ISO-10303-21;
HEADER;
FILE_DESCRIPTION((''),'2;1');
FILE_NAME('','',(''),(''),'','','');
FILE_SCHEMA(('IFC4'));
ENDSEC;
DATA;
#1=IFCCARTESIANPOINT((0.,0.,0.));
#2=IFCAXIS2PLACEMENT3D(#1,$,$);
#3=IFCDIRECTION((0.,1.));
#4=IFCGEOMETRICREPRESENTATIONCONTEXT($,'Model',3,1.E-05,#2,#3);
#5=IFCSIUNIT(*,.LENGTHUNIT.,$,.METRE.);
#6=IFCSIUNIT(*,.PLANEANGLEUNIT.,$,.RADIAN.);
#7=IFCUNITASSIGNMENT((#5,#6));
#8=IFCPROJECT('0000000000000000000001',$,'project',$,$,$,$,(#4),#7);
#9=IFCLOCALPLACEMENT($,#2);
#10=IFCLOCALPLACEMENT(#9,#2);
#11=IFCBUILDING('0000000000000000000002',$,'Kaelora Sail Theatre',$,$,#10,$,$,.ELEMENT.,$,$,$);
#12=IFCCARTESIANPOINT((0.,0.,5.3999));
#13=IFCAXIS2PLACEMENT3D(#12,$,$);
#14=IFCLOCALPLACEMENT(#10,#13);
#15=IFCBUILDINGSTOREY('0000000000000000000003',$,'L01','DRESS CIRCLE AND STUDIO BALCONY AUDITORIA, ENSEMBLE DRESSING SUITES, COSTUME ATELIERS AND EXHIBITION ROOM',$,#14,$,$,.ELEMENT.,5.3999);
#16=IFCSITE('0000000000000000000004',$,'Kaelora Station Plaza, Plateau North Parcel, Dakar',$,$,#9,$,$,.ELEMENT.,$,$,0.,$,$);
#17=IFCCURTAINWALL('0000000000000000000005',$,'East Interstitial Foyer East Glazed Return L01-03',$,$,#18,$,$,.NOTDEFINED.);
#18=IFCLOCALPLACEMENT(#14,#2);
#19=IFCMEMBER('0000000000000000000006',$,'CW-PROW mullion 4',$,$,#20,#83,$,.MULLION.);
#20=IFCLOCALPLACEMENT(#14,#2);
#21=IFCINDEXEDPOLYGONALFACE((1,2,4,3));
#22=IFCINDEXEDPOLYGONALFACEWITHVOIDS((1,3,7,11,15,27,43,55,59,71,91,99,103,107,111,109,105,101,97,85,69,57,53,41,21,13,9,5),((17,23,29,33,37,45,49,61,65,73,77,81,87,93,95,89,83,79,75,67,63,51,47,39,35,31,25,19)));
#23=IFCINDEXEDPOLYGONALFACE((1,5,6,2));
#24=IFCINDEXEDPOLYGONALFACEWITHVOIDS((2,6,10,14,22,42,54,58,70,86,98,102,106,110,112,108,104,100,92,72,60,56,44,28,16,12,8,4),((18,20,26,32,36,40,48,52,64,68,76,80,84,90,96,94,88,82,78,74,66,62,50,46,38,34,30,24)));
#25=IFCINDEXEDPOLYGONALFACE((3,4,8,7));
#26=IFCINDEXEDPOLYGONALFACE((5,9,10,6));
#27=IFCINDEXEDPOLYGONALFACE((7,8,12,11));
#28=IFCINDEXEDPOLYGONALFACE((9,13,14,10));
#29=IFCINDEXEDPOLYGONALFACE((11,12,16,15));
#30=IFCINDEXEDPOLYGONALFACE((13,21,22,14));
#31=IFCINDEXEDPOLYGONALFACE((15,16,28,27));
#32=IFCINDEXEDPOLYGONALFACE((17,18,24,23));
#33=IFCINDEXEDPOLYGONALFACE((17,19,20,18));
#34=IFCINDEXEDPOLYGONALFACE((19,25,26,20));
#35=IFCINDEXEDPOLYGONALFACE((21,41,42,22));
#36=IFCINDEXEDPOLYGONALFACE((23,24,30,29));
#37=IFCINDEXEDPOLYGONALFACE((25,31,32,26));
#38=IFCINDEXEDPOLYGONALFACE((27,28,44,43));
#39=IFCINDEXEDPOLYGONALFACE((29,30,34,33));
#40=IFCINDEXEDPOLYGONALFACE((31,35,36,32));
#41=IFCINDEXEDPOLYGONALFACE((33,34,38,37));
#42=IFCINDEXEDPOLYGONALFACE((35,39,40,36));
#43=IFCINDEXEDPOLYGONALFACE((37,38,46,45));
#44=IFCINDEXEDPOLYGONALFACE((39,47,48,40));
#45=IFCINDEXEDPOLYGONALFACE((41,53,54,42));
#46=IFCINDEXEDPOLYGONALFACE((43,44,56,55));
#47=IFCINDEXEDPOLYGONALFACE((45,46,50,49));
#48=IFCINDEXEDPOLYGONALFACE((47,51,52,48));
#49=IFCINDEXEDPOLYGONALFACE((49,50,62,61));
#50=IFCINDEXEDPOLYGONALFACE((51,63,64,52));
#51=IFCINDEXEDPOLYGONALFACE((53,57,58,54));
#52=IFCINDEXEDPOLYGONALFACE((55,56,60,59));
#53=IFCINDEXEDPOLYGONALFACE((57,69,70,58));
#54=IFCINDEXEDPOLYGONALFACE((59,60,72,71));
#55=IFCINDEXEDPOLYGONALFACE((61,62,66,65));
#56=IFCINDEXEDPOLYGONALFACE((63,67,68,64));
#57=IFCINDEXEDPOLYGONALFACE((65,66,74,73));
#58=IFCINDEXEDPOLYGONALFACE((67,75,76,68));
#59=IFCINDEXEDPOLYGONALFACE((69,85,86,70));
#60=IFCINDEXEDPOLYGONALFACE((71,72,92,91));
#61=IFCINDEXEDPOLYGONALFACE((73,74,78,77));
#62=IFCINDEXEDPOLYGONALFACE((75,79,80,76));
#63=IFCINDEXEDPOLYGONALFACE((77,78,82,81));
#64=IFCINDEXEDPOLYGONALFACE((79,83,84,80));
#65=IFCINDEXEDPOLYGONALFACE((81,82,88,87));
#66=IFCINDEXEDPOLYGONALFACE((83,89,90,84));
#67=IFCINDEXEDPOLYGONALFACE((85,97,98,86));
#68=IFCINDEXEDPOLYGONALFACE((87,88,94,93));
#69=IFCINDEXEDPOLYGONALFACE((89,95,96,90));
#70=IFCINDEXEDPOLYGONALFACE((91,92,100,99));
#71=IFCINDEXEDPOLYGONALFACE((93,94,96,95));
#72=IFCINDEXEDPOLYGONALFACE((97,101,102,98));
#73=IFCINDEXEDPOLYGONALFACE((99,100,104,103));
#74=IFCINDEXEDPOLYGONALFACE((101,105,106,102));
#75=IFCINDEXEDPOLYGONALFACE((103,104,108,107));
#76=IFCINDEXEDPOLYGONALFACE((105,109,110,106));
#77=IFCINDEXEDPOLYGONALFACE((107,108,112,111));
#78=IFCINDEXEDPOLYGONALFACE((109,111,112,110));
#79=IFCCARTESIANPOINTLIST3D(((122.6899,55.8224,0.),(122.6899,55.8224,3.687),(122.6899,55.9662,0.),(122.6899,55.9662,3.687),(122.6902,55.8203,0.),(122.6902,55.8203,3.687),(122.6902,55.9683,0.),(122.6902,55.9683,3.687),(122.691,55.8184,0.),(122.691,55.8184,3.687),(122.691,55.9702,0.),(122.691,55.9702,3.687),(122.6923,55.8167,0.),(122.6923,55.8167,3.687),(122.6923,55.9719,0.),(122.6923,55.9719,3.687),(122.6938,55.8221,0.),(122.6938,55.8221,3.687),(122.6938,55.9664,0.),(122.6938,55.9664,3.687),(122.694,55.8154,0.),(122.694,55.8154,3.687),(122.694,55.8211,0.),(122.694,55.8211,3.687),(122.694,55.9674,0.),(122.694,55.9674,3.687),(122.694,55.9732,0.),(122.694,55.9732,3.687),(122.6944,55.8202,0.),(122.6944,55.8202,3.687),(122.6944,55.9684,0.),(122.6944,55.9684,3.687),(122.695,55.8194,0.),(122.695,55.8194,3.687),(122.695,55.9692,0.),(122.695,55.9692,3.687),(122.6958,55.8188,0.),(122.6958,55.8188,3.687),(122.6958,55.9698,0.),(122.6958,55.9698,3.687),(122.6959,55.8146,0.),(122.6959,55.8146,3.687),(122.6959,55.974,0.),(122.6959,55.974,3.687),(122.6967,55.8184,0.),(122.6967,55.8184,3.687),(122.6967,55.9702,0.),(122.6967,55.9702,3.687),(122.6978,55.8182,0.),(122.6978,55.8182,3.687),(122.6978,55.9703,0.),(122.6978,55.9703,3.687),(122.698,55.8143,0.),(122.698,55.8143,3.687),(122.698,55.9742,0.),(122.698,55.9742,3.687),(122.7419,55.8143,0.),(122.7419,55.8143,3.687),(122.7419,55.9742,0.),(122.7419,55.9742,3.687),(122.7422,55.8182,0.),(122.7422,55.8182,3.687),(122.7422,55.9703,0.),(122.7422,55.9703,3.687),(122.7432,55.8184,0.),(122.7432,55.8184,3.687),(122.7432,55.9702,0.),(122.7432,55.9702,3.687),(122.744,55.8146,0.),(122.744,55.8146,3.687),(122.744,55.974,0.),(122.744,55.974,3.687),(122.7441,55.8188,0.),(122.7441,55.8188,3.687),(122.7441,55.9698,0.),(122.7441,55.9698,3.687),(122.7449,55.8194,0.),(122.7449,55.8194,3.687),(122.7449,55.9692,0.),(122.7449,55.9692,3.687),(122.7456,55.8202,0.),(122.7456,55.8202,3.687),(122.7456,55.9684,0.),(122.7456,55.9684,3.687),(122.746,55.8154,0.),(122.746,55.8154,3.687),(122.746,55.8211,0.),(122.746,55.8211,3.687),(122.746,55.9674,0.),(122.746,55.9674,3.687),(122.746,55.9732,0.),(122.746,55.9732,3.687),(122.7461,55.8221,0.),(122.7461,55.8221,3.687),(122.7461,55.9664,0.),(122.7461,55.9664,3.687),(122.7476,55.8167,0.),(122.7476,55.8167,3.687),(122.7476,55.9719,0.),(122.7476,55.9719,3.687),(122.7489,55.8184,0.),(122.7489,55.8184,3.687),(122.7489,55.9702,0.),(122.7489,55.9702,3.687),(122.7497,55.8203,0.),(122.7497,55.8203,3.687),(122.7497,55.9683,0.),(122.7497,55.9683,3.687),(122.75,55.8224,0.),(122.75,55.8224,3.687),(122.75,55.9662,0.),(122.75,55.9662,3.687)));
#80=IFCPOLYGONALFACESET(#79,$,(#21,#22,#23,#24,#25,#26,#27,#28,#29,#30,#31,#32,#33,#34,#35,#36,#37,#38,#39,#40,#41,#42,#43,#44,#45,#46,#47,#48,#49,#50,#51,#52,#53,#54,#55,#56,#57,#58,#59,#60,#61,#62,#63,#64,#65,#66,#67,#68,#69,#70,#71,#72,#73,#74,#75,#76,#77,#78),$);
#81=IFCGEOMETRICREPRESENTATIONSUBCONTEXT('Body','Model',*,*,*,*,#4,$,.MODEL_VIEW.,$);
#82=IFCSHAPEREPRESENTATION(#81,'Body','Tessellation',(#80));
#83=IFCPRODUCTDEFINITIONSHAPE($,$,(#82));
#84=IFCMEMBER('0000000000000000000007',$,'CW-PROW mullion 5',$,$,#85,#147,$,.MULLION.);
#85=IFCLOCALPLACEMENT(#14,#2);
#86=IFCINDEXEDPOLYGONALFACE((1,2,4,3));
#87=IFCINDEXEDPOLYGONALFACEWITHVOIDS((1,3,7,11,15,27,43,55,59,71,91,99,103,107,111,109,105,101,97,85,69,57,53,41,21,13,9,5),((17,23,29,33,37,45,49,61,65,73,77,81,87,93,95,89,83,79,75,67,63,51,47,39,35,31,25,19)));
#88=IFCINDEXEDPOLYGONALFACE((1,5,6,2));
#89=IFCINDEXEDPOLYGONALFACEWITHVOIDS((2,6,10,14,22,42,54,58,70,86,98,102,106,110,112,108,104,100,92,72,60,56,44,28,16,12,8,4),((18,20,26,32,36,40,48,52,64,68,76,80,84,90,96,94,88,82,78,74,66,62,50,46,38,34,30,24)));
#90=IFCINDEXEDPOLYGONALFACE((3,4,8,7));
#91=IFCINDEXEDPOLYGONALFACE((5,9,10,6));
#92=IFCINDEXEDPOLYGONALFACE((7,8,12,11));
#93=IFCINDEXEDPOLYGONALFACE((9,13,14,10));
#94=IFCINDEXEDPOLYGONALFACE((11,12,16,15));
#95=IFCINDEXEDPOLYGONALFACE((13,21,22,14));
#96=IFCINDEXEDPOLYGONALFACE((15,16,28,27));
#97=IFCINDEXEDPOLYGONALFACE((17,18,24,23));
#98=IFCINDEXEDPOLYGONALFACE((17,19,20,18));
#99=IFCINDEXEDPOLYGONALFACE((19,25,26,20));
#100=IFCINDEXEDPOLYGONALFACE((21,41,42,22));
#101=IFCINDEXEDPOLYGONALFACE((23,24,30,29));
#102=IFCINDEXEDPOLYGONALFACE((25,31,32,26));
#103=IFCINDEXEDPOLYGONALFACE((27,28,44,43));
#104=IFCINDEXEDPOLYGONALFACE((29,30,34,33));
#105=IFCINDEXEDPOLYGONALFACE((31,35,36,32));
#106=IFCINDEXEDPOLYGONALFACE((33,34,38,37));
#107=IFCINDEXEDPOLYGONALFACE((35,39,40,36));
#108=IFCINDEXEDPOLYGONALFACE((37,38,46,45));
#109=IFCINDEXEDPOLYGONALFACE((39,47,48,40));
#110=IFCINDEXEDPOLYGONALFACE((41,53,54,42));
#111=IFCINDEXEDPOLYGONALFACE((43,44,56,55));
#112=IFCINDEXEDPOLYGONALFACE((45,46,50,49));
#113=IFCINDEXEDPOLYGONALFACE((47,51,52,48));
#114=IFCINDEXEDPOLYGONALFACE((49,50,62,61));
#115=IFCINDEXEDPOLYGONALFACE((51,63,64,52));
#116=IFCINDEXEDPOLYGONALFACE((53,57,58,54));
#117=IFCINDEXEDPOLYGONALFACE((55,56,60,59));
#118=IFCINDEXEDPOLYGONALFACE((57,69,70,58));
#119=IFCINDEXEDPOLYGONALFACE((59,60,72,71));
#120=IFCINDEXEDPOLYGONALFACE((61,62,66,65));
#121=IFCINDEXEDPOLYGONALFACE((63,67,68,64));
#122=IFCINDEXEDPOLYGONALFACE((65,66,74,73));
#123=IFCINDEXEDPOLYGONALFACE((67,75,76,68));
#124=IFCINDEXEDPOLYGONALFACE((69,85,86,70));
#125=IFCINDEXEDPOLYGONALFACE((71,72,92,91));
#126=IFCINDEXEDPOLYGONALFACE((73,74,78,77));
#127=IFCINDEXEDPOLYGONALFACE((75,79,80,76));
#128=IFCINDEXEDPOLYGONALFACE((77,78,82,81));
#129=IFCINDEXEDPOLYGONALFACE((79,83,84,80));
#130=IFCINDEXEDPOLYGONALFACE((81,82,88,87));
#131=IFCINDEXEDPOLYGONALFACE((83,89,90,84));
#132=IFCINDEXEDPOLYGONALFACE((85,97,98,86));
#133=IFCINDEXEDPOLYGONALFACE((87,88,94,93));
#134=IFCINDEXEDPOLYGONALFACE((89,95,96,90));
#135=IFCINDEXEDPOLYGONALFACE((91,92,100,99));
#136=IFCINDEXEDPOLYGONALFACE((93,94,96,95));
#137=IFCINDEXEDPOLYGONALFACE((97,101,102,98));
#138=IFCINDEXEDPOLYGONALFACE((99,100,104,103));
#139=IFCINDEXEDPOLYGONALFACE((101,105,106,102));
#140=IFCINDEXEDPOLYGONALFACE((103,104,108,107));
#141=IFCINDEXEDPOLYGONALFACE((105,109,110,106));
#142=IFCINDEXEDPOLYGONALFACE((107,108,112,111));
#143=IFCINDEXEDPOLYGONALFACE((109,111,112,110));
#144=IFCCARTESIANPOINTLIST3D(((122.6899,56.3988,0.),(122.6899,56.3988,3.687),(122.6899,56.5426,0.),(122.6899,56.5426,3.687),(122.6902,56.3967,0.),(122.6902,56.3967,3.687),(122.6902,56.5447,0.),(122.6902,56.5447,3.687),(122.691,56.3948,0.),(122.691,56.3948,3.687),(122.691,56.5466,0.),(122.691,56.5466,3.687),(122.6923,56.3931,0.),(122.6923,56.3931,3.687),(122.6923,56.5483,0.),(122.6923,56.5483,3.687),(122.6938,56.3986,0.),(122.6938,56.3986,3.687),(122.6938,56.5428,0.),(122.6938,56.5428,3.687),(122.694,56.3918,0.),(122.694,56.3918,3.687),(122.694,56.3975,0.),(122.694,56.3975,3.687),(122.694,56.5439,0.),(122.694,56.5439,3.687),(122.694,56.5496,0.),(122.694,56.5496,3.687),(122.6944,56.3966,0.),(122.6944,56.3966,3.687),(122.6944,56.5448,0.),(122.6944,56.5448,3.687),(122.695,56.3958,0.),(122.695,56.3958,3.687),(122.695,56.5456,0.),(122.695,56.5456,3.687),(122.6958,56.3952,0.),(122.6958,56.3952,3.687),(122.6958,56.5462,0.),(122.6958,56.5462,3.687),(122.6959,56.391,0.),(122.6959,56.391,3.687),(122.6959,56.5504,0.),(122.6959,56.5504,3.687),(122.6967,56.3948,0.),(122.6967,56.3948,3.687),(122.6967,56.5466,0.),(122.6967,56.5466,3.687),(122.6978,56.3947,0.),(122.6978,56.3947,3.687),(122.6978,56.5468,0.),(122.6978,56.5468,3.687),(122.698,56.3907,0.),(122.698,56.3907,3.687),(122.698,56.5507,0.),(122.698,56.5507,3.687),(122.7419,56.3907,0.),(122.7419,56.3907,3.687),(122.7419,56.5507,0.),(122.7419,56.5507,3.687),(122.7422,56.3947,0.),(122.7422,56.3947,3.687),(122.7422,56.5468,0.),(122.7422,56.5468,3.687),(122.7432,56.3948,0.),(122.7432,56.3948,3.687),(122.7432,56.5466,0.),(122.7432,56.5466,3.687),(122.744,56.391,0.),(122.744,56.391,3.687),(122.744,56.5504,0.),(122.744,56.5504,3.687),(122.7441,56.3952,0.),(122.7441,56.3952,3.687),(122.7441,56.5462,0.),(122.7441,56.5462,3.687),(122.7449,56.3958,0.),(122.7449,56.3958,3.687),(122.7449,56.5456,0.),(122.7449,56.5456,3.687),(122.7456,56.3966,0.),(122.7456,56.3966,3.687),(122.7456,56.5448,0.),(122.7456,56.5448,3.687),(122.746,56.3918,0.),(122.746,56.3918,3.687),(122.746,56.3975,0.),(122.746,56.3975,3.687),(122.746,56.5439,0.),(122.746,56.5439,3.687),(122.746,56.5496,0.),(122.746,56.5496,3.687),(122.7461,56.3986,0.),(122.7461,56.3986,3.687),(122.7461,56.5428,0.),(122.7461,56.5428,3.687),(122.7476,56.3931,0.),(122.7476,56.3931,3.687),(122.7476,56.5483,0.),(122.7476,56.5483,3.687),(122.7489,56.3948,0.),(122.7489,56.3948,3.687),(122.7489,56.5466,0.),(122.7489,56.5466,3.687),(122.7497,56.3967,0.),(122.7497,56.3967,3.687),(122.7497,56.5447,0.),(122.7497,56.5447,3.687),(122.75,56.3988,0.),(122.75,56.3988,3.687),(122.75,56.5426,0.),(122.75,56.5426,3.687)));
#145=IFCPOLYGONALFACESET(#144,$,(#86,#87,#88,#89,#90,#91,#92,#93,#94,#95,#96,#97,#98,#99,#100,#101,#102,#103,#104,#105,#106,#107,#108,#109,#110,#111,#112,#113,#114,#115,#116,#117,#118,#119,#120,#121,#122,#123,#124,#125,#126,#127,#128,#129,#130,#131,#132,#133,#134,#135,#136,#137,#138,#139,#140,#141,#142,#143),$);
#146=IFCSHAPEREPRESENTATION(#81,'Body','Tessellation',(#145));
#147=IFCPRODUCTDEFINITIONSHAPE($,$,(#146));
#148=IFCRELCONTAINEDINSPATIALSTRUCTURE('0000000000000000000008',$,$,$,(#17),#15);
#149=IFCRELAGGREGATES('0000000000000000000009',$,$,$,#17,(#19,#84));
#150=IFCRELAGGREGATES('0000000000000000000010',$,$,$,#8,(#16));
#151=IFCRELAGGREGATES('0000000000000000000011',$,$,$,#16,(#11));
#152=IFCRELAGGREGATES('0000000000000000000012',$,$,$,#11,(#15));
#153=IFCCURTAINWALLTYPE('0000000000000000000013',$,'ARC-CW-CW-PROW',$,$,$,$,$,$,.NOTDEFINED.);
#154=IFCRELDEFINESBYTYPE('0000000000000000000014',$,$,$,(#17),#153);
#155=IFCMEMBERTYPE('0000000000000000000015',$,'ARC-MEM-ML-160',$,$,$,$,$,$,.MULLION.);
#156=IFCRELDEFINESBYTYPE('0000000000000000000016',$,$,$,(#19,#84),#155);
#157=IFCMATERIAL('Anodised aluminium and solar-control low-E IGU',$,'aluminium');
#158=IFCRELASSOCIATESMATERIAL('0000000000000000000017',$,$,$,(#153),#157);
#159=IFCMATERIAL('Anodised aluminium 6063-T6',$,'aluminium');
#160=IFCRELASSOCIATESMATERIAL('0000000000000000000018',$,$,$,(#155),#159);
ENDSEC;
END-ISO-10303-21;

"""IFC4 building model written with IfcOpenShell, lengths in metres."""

from ifc_helpers import new_model, si_unit, direction, frame, origin, origin_2d, place, context, subcontext, project, spatial, hollow_rectangle, extrude, material, material_profile, profile_set, type_object, element, aggregate, save


model = new_model("IFC4")

# Units and contexts
model_context = context("Model", 3, precision=1e-05, world=origin(), true_north=direction((0.0, 1.0)))
body_context = subcontext(model_context, "Body", "Model", "MODEL_VIEW")
ifc_project = project(units=[si_unit("LENGTHUNIT", "METRE"), si_unit("PLANEANGLEUNIT", "RADIAN")], contexts=[model_context])

# Site, building, storey
site_placement = place(None, origin())
site = spatial("IfcSite", under=ifc_project, at=site_placement, Name="Kaelora Station Plaza, Plateau North Parcel, Dakar", CompositionType="ELEMENT", RefElevation=0.0)
building_placement = place(site_placement, origin())
building = spatial("IfcBuilding", under=site, at=building_placement, Name="Kaelora Sail Theatre", CompositionType="ELEMENT")
storey_placement = place(building_placement, frame((0.0, 0.0, 5.3999)))
storey = spatial("IfcBuildingStorey", under=building, at=storey_placement, Name="L01", Description="DRESS CIRCLE AND STUDIO BALCONY AUDITORIA, ENSEMBLE DRESSING SUITES, COSTUME ATELIERS AND EXHIBITION ROOM", CompositionType="ELEMENT", Elevation=5.3999)

# Curtain wall, members
ifc_material_1 = material(Name="Anodised aluminium and solar-control low-E IGU", Category="aluminium")
curtain_wall_type = type_object("IfcCurtainWallType", Name="ARC-CW-CW-PROW", PredefinedType="NOTDEFINED", material=ifc_material_1)
curtain_wall_placement = place(storey_placement, origin())
curtain_wall = element("IfcCurtainWall", 1, at=curtain_wall_placement, inside=storey, type_object=curtain_wall_type, Name="East Interstitial Foyer East Glazed Return L01-03", PredefinedType="NOTDEFINED")
ifc_material_2 = material(Name="Anodised aluminium 6063-T6", Category="aluminium")
ifc_material_profile_1 = material_profile(ifc_material_2, hollow_rectangle(XDim=0.0601, YDim=0.1599, WallThickness=0.0039, InnerFilletRadius=0.0039, OuterFilletRadius=0.0081, at=origin_2d()), Name="ALU-MULL 60x160x4")
ifc_profile_set_1 = profile_set([ifc_material_profile_1], Name="Anodised aluminium 6063-T6")
member_type_1 = type_object("IfcMemberType", Name="ARC-MEM-ML-160", PredefinedType="MULLION", material=ifc_profile_set_1)
member_1_placement = place(storey_placement, frame((122.72, 55.8943, 0.0), z_axis=(0.0, 0.0, 1.0), x_axis=(-1.0, 0.0, 0.0)))
member_1 = element("IfcMember", 2, at=member_1_placement, type_object=member_type_1, Name="CW-PROW mullion 4", PredefinedType="MULLION", context=body_context, shape_type="SweptSolid", body=[
    extrude(hollow_rectangle(XDim=0.0601, YDim=0.1599, WallThickness=0.0039, InnerFilletRadius=0.0039, OuterFilletRadius=0.0081, at=origin_2d()), origin(), (0.0, 0.0, 1.0), 3.687),
])
member_2_placement = place(storey_placement, frame((122.72, 56.4707, 0.0), z_axis=(0.0, 0.0, 1.0), x_axis=(-1.0, 0.0, 0.0)))
member_2 = element("IfcMember", 3, at=member_2_placement, type_object=member_type_1, Name="CW-PROW mullion 5", PredefinedType="MULLION", context=body_context, shape_type="SweptSolid", body=[
    extrude(hollow_rectangle(XDim=0.0601, YDim=0.1599, WallThickness=0.0039, InnerFilletRadius=0.0039, OuterFilletRadius=0.0081, at=origin_2d()), origin(), (0.0, 0.0, 1.0), 3.687),
])
aggregate(curtain_wall, [member_1, member_2])

save(model, "model.ifc")
